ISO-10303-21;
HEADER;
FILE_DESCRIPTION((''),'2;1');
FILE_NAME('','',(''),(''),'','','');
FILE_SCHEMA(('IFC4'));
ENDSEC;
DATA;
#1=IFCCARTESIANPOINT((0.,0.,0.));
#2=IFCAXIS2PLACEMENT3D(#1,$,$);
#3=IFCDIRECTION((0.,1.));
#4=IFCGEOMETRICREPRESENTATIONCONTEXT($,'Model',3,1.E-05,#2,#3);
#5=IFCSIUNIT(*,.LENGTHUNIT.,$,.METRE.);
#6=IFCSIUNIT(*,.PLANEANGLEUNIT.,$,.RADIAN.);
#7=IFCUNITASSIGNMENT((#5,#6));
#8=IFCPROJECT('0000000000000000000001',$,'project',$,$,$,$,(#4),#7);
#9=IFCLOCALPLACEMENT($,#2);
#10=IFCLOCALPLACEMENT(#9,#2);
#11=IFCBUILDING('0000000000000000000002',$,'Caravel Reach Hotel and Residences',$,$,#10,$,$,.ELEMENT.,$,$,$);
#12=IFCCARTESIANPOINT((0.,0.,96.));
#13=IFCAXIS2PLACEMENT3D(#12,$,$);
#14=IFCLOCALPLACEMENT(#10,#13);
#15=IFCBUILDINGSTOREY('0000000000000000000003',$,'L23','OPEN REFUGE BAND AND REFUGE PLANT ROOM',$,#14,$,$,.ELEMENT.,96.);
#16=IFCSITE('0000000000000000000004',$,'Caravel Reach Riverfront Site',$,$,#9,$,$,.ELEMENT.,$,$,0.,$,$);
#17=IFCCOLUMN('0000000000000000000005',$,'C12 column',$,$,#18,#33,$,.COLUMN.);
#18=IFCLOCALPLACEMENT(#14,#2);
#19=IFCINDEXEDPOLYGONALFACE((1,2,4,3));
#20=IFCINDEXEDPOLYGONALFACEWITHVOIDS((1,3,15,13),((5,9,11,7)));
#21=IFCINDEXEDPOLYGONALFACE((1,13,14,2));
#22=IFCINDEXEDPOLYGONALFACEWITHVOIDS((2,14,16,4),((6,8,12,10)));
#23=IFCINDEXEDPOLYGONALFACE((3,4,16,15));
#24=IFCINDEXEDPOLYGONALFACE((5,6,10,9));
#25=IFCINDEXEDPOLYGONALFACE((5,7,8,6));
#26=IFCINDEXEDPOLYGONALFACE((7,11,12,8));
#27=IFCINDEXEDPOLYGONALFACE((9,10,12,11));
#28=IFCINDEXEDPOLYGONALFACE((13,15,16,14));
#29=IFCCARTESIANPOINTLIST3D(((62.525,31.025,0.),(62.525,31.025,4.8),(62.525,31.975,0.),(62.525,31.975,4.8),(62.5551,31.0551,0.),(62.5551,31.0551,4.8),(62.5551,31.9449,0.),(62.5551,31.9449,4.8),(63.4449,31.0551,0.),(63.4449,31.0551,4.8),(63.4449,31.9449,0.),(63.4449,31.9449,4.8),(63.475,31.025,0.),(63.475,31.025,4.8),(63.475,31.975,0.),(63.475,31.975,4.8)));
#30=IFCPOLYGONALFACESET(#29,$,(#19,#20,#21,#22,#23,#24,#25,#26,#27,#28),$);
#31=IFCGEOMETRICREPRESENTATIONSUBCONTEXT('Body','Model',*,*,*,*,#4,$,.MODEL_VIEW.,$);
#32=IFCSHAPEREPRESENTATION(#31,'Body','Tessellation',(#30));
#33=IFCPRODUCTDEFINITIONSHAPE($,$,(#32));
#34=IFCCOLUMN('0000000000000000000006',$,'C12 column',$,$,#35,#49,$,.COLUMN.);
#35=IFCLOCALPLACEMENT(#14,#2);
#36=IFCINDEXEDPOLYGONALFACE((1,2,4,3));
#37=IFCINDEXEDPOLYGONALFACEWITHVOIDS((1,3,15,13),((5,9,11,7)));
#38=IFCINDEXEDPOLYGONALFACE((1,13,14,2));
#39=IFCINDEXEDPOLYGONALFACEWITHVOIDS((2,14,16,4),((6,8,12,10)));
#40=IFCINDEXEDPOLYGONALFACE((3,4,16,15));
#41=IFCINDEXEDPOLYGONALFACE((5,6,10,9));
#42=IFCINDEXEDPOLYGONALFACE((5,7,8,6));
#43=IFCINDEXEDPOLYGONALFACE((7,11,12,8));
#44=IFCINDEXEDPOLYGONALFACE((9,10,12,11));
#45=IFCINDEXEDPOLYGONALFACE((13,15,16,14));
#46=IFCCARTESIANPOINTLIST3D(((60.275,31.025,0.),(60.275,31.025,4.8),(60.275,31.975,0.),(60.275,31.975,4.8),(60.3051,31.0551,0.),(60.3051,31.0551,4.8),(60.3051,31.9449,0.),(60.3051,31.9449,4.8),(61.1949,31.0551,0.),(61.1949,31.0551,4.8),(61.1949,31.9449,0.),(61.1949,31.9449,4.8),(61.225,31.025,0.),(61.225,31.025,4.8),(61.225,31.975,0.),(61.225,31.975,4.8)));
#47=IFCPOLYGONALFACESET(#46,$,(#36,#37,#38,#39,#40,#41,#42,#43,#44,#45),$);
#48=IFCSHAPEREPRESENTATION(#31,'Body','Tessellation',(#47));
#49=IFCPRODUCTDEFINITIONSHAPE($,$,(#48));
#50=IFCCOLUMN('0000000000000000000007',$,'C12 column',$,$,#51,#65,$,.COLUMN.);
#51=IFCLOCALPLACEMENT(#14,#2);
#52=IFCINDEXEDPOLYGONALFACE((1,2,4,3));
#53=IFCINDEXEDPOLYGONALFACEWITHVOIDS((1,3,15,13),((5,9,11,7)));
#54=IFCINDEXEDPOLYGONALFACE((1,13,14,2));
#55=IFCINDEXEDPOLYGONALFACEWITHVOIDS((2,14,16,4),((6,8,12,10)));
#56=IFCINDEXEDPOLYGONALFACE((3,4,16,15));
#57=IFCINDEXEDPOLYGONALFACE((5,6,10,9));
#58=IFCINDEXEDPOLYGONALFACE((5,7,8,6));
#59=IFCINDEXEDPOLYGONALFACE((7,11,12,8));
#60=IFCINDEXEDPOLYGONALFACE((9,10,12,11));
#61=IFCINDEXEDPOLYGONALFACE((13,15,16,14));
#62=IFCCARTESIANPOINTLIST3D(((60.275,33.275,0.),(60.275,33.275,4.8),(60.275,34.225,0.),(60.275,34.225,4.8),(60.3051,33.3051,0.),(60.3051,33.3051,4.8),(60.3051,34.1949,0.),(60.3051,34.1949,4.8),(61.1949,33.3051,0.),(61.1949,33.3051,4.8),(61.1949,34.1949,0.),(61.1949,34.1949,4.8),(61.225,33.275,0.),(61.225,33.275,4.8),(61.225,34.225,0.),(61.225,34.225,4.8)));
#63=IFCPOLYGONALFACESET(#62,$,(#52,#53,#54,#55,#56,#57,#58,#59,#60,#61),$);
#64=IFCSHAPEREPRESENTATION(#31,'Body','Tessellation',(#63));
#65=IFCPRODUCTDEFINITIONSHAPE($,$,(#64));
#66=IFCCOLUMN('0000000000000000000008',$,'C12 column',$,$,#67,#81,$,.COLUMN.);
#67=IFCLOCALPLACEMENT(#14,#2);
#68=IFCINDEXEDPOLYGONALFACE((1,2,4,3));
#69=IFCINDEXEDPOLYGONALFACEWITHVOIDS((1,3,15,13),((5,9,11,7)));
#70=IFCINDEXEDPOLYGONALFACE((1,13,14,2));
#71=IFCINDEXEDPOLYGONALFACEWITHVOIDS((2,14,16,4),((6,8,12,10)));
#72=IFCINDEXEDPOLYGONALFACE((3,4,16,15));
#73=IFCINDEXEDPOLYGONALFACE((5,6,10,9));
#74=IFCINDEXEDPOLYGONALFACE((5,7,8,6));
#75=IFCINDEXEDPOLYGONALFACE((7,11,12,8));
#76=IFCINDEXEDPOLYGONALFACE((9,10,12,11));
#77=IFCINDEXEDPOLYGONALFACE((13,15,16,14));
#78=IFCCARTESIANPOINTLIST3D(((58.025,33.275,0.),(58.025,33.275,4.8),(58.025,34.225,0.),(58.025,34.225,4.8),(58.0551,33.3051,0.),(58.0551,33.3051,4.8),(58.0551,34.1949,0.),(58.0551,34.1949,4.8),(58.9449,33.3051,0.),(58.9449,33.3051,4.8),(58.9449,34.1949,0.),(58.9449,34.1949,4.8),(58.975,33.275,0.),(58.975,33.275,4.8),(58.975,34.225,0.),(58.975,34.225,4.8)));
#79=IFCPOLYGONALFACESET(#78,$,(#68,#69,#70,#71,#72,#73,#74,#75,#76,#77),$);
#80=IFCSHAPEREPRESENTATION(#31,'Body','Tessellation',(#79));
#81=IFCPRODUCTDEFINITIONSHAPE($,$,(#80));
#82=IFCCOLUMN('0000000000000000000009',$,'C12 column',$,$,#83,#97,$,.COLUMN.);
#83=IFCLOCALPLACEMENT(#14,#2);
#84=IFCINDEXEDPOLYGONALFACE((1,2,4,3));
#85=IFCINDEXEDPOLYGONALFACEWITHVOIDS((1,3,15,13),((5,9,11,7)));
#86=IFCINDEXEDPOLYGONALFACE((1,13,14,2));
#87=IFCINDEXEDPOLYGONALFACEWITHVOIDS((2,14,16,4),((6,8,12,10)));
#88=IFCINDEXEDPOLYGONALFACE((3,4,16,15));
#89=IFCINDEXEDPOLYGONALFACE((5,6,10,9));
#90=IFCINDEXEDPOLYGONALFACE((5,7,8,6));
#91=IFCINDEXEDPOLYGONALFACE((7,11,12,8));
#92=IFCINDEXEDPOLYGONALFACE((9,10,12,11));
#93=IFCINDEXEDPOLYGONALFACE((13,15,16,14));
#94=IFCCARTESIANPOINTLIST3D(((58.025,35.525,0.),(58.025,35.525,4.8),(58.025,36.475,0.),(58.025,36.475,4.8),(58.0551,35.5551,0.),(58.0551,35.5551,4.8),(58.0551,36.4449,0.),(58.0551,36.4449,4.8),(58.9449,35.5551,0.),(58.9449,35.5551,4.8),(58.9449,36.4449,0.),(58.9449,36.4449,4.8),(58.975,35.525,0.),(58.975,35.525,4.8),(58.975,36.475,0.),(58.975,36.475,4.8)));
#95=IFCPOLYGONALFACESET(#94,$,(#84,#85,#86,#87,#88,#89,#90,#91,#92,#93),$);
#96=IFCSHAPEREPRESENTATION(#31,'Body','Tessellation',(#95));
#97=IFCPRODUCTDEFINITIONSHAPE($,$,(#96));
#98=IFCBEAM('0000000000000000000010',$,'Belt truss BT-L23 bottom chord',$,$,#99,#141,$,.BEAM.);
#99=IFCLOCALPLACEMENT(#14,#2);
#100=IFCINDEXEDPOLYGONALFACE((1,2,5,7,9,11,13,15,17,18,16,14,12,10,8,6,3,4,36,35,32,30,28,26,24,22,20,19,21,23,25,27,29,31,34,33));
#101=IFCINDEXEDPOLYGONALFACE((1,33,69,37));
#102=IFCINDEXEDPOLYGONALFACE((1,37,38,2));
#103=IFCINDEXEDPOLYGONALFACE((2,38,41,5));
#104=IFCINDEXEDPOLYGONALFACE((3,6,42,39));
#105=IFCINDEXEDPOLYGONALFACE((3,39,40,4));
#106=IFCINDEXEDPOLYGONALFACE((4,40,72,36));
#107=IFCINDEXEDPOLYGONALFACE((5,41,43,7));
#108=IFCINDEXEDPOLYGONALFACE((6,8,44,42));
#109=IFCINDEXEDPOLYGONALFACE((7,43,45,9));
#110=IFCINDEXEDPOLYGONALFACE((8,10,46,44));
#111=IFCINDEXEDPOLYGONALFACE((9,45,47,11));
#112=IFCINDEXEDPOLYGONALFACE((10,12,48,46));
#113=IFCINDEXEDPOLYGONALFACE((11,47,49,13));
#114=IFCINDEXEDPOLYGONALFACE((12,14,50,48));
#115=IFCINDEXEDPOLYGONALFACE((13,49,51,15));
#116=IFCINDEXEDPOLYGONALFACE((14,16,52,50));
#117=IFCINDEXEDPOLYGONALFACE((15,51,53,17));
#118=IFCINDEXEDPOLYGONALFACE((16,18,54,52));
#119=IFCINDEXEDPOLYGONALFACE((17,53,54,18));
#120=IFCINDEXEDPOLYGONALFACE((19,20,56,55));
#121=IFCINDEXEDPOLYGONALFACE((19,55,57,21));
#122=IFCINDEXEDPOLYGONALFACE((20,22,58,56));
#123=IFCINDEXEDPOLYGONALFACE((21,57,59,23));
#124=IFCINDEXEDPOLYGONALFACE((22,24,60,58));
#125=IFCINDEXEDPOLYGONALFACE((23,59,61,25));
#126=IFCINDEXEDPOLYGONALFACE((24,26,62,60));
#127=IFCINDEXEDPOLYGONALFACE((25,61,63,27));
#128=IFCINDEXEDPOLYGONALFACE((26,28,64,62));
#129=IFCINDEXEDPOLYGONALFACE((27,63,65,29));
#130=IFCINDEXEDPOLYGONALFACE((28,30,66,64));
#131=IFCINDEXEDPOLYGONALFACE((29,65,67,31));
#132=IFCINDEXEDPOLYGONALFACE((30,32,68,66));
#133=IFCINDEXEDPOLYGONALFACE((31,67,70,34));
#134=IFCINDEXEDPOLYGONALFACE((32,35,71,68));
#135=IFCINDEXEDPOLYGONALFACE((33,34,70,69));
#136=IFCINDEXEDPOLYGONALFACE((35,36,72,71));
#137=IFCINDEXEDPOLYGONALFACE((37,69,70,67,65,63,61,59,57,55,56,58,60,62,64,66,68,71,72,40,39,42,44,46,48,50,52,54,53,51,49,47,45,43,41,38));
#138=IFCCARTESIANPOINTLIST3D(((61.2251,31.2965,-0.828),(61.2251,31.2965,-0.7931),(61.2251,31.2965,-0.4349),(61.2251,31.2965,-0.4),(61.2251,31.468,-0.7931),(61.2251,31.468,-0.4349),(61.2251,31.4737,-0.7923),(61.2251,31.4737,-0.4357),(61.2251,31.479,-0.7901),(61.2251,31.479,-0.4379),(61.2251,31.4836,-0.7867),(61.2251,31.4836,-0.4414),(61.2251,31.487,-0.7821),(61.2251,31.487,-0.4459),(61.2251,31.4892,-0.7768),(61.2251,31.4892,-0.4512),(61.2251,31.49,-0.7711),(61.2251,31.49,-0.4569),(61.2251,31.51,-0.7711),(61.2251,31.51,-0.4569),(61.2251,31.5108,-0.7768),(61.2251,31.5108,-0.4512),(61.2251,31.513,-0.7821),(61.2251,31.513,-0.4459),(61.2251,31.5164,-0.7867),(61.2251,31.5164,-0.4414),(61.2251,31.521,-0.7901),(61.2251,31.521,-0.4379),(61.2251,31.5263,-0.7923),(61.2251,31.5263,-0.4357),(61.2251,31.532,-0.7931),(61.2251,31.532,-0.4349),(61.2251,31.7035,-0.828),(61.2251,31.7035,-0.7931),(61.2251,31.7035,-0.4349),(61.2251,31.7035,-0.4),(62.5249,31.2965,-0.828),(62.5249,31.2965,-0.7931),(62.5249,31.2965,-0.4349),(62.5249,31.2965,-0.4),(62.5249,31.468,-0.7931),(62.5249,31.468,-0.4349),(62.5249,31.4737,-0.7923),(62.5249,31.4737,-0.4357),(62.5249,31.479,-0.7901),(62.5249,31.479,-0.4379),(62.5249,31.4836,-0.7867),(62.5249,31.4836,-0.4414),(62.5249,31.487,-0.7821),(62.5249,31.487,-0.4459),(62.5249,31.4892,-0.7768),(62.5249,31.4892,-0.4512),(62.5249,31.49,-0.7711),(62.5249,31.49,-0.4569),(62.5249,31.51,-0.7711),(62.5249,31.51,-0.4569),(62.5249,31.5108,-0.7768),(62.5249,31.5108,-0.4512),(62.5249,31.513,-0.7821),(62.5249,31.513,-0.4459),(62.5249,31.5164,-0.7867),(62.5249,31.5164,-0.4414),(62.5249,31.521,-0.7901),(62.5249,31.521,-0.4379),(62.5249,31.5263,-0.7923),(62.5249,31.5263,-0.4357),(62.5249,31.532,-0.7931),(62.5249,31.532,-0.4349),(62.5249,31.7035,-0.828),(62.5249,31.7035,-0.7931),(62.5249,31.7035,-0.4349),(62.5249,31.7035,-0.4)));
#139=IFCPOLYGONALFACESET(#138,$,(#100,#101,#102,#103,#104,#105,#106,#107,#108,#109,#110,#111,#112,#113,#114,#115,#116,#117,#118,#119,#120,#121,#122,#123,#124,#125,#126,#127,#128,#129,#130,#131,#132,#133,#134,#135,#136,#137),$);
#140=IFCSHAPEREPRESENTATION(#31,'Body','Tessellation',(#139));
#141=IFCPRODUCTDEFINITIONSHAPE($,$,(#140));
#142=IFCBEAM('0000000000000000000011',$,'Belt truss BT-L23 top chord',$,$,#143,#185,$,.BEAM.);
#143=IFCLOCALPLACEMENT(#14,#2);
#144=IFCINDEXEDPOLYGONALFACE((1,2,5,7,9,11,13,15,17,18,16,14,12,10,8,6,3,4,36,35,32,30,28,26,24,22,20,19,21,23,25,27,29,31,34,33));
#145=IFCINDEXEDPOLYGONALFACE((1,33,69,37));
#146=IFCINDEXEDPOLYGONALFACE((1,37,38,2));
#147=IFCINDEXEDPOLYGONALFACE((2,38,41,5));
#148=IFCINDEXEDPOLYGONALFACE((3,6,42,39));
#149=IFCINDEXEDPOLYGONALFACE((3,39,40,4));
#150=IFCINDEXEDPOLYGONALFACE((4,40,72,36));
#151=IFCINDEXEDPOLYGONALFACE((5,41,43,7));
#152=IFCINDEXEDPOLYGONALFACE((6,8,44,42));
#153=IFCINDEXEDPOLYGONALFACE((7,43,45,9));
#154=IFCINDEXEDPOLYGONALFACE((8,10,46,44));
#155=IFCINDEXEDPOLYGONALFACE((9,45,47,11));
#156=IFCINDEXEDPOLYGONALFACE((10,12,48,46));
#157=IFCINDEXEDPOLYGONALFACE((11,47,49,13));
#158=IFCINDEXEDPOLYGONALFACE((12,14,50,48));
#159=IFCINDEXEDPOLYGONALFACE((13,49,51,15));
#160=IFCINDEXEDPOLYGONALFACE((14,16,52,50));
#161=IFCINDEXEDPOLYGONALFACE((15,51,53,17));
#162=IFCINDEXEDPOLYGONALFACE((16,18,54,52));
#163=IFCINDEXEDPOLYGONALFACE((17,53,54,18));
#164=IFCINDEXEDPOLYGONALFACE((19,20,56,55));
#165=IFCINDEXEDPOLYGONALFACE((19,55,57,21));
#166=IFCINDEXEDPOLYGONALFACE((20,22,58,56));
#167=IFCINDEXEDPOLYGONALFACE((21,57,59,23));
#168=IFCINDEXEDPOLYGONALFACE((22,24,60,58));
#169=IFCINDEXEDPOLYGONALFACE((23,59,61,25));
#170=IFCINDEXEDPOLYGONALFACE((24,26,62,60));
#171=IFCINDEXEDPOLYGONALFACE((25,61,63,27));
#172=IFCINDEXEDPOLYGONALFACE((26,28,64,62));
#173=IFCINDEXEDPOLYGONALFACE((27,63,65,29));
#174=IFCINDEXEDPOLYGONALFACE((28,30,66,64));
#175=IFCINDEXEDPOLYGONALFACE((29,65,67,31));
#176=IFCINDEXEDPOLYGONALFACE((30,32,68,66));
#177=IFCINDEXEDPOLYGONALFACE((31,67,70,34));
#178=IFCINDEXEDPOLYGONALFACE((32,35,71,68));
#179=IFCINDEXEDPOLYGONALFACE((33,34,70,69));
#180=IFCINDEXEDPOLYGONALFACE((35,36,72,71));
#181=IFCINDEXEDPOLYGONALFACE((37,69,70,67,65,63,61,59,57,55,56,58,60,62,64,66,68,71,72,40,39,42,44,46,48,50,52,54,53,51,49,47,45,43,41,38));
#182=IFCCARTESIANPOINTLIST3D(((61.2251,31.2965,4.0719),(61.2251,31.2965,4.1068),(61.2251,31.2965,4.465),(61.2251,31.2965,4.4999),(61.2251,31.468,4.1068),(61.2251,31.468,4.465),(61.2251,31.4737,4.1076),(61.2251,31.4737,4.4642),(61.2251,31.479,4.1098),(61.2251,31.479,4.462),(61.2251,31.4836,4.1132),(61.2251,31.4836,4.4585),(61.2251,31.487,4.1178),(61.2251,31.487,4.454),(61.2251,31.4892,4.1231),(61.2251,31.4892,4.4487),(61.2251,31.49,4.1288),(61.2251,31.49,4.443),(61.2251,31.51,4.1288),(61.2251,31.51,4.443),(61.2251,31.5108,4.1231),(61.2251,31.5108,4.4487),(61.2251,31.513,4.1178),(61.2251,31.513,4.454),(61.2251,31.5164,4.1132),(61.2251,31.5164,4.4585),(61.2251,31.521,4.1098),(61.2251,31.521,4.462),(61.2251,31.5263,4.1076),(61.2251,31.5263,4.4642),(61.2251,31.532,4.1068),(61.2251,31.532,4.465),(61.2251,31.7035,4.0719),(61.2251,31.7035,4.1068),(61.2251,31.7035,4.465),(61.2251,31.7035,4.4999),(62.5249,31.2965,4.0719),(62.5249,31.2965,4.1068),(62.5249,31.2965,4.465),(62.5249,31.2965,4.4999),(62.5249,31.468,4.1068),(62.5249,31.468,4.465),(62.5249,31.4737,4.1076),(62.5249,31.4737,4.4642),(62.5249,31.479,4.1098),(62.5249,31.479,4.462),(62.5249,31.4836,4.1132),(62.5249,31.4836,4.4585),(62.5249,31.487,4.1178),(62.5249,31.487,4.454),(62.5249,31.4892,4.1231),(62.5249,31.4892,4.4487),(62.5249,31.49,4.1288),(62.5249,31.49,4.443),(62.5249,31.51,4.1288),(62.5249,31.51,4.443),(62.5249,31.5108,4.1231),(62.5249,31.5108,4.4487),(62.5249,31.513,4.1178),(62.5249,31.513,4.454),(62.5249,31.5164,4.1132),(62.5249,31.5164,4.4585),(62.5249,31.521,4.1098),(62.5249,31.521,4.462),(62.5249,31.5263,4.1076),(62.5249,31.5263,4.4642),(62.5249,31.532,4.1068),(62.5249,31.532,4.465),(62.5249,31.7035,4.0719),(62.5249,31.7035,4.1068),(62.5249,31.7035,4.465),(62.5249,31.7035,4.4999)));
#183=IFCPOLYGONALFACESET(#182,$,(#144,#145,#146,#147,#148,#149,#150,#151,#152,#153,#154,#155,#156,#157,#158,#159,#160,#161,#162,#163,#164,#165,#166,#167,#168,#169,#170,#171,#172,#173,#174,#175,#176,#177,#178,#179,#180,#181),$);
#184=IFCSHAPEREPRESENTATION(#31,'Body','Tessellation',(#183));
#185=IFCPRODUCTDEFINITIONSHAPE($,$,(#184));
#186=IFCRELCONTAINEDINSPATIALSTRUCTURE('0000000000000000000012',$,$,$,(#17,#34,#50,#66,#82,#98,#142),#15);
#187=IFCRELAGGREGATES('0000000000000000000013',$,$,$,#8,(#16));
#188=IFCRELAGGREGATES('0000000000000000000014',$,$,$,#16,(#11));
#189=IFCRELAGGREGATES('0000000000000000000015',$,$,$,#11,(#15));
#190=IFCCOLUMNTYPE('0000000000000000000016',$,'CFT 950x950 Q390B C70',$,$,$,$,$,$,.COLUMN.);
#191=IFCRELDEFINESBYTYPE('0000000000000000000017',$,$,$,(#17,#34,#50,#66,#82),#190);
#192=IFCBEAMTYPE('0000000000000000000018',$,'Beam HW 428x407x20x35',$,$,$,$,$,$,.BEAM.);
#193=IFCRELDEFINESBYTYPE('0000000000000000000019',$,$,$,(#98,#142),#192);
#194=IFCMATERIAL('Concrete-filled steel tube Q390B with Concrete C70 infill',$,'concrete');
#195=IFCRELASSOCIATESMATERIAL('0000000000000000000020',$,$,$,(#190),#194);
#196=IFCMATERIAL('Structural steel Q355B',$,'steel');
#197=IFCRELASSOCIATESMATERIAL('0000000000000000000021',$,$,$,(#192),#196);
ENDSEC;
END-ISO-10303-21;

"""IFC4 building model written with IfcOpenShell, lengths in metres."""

from ifc_helpers import new_model, si_unit, direction, frame, origin, origin_2d, place, context, subcontext, project, spatial, hollow_rectangle, i_section, extrude, material, material_profile, profile_set, type_object, element, save


model = new_model("IFC4")

# Units and contexts
model_context = context("Model", 3, precision=1e-05, world=origin(), true_north=direction((0.0, 1.0)))
body_context = subcontext(model_context, "Body", "Model", "MODEL_VIEW")
ifc_project = project(units=[si_unit("LENGTHUNIT", "METRE"), si_unit("PLANEANGLEUNIT", "RADIAN")], contexts=[model_context])

# Site, building, storey
site_placement = place(None, origin())
site = spatial("IfcSite", under=ifc_project, at=site_placement, Name="Caravel Reach Riverfront Site", CompositionType="ELEMENT", RefElevation=0.0)
building_placement = place(site_placement, origin())
building = spatial("IfcBuilding", under=site, at=building_placement, Name="Caravel Reach Hotel and Residences", CompositionType="ELEMENT")
storey_placement = place(building_placement, frame((0.0, 0.0, 96.0)))
storey = spatial("IfcBuildingStorey", under=building, at=storey_placement, Name="L23", Description="OPEN REFUGE BAND AND REFUGE PLANT ROOM", CompositionType="ELEMENT", Elevation=96.0)

# Columns
ifc_material_1 = material(Name="Concrete-filled steel tube Q390B with Concrete C70 infill", Category="concrete")
ifc_material_profile_1 = material_profile(ifc_material_1, hollow_rectangle(XDim=0.95, YDim=0.95, WallThickness=0.03, at=origin_2d()), Name="RHS 950x950x30")
ifc_profile_set_1 = profile_set([ifc_material_profile_1], Name="Concrete-filled steel tube Q390B with Concrete C70 infill")
column_type = type_object("IfcColumnType", Name="CFT 950x950 Q390B C70", PredefinedType="COLUMN", material=ifc_profile_set_1)
for number, where, z_axis, x_axis, name in (
    (1, (63.0, 31.5, 0.0), (0.0, 0.0, 1.0), (1.0, 0.0, 0.0), "C12 column"),
    (2, (60.75, 31.5, 0.0), (0.0, 0.0, 1.0), (1.0, 0.0, 0.0), "C12 column"),
    (3, (60.75, 33.75, 0.0), (0.0, 0.0, 1.0), (1.0, 0.0, 0.0), "C12 column"),
    (4, (58.5, 33.75, 0.0), (0.0, 0.0, 1.0), (1.0, 0.0, 0.0), "C12 column"),
    (5, (58.5, 36.0, 0.0), (0.0, 0.0, 1.0), (1.0, 0.0, 0.0), "C12 column"),
):
    element("IfcColumn", number, at=place(storey_placement, frame(where, z_axis=z_axis, x_axis=x_axis)), inside=storey, type_object=column_type, Name=name, PredefinedType="COLUMN", context=body_context, shape_type="SweptSolid", body=[
        extrude(hollow_rectangle(XDim=0.95, YDim=0.95, WallThickness=0.03, at=origin_2d()), origin(), (0.0, 0.0, 1.0), 4.8),
    ])

# Beams
ifc_material_2 = material(Name="Structural steel Q355B", Category="steel")
ifc_material_profile_2 = material_profile(ifc_material_2, i_section(OverallWidth=0.407, OverallDepth=0.428, WebThickness=0.02, FlangeThickness=0.0349, FilletRadius=0.022, at=origin_2d()), Name="HW 428x407x20x35")
ifc_profile_set_2 = profile_set([ifc_material_profile_2], Name="Structural steel Q355B")
beam_type = type_object("IfcBeamType", Name="Beam HW 428x407x20x35", PredefinedType="BEAM", material=ifc_profile_set_2)
for number, where, z_axis, x_axis, name in (
    (6, (62.5249, 31.5, -0.614), (-1.0, 0.0, 0.0), (0.0, -1.0, 0.0), "Belt truss BT-L23 bottom chord"),
    (7, (62.5249, 31.5, 4.2859), (-1.0, 0.0, 0.0), (0.0, -1.0, 0.0), "Belt truss BT-L23 top chord"),
):
    element("IfcBeam", number, at=place(storey_placement, frame(where, z_axis=z_axis, x_axis=x_axis)), inside=storey, type_object=beam_type, Name=name, PredefinedType="BEAM", context=body_context, shape_type="SweptSolid", body=[
        extrude(i_section(OverallWidth=0.407, OverallDepth=0.428, WebThickness=0.02, FlangeThickness=0.0349, FilletRadius=0.022, at=origin_2d()), origin(), (0.0, 0.0, 1.0), 1.2998),
    ])

save(model, "model.ifc")
